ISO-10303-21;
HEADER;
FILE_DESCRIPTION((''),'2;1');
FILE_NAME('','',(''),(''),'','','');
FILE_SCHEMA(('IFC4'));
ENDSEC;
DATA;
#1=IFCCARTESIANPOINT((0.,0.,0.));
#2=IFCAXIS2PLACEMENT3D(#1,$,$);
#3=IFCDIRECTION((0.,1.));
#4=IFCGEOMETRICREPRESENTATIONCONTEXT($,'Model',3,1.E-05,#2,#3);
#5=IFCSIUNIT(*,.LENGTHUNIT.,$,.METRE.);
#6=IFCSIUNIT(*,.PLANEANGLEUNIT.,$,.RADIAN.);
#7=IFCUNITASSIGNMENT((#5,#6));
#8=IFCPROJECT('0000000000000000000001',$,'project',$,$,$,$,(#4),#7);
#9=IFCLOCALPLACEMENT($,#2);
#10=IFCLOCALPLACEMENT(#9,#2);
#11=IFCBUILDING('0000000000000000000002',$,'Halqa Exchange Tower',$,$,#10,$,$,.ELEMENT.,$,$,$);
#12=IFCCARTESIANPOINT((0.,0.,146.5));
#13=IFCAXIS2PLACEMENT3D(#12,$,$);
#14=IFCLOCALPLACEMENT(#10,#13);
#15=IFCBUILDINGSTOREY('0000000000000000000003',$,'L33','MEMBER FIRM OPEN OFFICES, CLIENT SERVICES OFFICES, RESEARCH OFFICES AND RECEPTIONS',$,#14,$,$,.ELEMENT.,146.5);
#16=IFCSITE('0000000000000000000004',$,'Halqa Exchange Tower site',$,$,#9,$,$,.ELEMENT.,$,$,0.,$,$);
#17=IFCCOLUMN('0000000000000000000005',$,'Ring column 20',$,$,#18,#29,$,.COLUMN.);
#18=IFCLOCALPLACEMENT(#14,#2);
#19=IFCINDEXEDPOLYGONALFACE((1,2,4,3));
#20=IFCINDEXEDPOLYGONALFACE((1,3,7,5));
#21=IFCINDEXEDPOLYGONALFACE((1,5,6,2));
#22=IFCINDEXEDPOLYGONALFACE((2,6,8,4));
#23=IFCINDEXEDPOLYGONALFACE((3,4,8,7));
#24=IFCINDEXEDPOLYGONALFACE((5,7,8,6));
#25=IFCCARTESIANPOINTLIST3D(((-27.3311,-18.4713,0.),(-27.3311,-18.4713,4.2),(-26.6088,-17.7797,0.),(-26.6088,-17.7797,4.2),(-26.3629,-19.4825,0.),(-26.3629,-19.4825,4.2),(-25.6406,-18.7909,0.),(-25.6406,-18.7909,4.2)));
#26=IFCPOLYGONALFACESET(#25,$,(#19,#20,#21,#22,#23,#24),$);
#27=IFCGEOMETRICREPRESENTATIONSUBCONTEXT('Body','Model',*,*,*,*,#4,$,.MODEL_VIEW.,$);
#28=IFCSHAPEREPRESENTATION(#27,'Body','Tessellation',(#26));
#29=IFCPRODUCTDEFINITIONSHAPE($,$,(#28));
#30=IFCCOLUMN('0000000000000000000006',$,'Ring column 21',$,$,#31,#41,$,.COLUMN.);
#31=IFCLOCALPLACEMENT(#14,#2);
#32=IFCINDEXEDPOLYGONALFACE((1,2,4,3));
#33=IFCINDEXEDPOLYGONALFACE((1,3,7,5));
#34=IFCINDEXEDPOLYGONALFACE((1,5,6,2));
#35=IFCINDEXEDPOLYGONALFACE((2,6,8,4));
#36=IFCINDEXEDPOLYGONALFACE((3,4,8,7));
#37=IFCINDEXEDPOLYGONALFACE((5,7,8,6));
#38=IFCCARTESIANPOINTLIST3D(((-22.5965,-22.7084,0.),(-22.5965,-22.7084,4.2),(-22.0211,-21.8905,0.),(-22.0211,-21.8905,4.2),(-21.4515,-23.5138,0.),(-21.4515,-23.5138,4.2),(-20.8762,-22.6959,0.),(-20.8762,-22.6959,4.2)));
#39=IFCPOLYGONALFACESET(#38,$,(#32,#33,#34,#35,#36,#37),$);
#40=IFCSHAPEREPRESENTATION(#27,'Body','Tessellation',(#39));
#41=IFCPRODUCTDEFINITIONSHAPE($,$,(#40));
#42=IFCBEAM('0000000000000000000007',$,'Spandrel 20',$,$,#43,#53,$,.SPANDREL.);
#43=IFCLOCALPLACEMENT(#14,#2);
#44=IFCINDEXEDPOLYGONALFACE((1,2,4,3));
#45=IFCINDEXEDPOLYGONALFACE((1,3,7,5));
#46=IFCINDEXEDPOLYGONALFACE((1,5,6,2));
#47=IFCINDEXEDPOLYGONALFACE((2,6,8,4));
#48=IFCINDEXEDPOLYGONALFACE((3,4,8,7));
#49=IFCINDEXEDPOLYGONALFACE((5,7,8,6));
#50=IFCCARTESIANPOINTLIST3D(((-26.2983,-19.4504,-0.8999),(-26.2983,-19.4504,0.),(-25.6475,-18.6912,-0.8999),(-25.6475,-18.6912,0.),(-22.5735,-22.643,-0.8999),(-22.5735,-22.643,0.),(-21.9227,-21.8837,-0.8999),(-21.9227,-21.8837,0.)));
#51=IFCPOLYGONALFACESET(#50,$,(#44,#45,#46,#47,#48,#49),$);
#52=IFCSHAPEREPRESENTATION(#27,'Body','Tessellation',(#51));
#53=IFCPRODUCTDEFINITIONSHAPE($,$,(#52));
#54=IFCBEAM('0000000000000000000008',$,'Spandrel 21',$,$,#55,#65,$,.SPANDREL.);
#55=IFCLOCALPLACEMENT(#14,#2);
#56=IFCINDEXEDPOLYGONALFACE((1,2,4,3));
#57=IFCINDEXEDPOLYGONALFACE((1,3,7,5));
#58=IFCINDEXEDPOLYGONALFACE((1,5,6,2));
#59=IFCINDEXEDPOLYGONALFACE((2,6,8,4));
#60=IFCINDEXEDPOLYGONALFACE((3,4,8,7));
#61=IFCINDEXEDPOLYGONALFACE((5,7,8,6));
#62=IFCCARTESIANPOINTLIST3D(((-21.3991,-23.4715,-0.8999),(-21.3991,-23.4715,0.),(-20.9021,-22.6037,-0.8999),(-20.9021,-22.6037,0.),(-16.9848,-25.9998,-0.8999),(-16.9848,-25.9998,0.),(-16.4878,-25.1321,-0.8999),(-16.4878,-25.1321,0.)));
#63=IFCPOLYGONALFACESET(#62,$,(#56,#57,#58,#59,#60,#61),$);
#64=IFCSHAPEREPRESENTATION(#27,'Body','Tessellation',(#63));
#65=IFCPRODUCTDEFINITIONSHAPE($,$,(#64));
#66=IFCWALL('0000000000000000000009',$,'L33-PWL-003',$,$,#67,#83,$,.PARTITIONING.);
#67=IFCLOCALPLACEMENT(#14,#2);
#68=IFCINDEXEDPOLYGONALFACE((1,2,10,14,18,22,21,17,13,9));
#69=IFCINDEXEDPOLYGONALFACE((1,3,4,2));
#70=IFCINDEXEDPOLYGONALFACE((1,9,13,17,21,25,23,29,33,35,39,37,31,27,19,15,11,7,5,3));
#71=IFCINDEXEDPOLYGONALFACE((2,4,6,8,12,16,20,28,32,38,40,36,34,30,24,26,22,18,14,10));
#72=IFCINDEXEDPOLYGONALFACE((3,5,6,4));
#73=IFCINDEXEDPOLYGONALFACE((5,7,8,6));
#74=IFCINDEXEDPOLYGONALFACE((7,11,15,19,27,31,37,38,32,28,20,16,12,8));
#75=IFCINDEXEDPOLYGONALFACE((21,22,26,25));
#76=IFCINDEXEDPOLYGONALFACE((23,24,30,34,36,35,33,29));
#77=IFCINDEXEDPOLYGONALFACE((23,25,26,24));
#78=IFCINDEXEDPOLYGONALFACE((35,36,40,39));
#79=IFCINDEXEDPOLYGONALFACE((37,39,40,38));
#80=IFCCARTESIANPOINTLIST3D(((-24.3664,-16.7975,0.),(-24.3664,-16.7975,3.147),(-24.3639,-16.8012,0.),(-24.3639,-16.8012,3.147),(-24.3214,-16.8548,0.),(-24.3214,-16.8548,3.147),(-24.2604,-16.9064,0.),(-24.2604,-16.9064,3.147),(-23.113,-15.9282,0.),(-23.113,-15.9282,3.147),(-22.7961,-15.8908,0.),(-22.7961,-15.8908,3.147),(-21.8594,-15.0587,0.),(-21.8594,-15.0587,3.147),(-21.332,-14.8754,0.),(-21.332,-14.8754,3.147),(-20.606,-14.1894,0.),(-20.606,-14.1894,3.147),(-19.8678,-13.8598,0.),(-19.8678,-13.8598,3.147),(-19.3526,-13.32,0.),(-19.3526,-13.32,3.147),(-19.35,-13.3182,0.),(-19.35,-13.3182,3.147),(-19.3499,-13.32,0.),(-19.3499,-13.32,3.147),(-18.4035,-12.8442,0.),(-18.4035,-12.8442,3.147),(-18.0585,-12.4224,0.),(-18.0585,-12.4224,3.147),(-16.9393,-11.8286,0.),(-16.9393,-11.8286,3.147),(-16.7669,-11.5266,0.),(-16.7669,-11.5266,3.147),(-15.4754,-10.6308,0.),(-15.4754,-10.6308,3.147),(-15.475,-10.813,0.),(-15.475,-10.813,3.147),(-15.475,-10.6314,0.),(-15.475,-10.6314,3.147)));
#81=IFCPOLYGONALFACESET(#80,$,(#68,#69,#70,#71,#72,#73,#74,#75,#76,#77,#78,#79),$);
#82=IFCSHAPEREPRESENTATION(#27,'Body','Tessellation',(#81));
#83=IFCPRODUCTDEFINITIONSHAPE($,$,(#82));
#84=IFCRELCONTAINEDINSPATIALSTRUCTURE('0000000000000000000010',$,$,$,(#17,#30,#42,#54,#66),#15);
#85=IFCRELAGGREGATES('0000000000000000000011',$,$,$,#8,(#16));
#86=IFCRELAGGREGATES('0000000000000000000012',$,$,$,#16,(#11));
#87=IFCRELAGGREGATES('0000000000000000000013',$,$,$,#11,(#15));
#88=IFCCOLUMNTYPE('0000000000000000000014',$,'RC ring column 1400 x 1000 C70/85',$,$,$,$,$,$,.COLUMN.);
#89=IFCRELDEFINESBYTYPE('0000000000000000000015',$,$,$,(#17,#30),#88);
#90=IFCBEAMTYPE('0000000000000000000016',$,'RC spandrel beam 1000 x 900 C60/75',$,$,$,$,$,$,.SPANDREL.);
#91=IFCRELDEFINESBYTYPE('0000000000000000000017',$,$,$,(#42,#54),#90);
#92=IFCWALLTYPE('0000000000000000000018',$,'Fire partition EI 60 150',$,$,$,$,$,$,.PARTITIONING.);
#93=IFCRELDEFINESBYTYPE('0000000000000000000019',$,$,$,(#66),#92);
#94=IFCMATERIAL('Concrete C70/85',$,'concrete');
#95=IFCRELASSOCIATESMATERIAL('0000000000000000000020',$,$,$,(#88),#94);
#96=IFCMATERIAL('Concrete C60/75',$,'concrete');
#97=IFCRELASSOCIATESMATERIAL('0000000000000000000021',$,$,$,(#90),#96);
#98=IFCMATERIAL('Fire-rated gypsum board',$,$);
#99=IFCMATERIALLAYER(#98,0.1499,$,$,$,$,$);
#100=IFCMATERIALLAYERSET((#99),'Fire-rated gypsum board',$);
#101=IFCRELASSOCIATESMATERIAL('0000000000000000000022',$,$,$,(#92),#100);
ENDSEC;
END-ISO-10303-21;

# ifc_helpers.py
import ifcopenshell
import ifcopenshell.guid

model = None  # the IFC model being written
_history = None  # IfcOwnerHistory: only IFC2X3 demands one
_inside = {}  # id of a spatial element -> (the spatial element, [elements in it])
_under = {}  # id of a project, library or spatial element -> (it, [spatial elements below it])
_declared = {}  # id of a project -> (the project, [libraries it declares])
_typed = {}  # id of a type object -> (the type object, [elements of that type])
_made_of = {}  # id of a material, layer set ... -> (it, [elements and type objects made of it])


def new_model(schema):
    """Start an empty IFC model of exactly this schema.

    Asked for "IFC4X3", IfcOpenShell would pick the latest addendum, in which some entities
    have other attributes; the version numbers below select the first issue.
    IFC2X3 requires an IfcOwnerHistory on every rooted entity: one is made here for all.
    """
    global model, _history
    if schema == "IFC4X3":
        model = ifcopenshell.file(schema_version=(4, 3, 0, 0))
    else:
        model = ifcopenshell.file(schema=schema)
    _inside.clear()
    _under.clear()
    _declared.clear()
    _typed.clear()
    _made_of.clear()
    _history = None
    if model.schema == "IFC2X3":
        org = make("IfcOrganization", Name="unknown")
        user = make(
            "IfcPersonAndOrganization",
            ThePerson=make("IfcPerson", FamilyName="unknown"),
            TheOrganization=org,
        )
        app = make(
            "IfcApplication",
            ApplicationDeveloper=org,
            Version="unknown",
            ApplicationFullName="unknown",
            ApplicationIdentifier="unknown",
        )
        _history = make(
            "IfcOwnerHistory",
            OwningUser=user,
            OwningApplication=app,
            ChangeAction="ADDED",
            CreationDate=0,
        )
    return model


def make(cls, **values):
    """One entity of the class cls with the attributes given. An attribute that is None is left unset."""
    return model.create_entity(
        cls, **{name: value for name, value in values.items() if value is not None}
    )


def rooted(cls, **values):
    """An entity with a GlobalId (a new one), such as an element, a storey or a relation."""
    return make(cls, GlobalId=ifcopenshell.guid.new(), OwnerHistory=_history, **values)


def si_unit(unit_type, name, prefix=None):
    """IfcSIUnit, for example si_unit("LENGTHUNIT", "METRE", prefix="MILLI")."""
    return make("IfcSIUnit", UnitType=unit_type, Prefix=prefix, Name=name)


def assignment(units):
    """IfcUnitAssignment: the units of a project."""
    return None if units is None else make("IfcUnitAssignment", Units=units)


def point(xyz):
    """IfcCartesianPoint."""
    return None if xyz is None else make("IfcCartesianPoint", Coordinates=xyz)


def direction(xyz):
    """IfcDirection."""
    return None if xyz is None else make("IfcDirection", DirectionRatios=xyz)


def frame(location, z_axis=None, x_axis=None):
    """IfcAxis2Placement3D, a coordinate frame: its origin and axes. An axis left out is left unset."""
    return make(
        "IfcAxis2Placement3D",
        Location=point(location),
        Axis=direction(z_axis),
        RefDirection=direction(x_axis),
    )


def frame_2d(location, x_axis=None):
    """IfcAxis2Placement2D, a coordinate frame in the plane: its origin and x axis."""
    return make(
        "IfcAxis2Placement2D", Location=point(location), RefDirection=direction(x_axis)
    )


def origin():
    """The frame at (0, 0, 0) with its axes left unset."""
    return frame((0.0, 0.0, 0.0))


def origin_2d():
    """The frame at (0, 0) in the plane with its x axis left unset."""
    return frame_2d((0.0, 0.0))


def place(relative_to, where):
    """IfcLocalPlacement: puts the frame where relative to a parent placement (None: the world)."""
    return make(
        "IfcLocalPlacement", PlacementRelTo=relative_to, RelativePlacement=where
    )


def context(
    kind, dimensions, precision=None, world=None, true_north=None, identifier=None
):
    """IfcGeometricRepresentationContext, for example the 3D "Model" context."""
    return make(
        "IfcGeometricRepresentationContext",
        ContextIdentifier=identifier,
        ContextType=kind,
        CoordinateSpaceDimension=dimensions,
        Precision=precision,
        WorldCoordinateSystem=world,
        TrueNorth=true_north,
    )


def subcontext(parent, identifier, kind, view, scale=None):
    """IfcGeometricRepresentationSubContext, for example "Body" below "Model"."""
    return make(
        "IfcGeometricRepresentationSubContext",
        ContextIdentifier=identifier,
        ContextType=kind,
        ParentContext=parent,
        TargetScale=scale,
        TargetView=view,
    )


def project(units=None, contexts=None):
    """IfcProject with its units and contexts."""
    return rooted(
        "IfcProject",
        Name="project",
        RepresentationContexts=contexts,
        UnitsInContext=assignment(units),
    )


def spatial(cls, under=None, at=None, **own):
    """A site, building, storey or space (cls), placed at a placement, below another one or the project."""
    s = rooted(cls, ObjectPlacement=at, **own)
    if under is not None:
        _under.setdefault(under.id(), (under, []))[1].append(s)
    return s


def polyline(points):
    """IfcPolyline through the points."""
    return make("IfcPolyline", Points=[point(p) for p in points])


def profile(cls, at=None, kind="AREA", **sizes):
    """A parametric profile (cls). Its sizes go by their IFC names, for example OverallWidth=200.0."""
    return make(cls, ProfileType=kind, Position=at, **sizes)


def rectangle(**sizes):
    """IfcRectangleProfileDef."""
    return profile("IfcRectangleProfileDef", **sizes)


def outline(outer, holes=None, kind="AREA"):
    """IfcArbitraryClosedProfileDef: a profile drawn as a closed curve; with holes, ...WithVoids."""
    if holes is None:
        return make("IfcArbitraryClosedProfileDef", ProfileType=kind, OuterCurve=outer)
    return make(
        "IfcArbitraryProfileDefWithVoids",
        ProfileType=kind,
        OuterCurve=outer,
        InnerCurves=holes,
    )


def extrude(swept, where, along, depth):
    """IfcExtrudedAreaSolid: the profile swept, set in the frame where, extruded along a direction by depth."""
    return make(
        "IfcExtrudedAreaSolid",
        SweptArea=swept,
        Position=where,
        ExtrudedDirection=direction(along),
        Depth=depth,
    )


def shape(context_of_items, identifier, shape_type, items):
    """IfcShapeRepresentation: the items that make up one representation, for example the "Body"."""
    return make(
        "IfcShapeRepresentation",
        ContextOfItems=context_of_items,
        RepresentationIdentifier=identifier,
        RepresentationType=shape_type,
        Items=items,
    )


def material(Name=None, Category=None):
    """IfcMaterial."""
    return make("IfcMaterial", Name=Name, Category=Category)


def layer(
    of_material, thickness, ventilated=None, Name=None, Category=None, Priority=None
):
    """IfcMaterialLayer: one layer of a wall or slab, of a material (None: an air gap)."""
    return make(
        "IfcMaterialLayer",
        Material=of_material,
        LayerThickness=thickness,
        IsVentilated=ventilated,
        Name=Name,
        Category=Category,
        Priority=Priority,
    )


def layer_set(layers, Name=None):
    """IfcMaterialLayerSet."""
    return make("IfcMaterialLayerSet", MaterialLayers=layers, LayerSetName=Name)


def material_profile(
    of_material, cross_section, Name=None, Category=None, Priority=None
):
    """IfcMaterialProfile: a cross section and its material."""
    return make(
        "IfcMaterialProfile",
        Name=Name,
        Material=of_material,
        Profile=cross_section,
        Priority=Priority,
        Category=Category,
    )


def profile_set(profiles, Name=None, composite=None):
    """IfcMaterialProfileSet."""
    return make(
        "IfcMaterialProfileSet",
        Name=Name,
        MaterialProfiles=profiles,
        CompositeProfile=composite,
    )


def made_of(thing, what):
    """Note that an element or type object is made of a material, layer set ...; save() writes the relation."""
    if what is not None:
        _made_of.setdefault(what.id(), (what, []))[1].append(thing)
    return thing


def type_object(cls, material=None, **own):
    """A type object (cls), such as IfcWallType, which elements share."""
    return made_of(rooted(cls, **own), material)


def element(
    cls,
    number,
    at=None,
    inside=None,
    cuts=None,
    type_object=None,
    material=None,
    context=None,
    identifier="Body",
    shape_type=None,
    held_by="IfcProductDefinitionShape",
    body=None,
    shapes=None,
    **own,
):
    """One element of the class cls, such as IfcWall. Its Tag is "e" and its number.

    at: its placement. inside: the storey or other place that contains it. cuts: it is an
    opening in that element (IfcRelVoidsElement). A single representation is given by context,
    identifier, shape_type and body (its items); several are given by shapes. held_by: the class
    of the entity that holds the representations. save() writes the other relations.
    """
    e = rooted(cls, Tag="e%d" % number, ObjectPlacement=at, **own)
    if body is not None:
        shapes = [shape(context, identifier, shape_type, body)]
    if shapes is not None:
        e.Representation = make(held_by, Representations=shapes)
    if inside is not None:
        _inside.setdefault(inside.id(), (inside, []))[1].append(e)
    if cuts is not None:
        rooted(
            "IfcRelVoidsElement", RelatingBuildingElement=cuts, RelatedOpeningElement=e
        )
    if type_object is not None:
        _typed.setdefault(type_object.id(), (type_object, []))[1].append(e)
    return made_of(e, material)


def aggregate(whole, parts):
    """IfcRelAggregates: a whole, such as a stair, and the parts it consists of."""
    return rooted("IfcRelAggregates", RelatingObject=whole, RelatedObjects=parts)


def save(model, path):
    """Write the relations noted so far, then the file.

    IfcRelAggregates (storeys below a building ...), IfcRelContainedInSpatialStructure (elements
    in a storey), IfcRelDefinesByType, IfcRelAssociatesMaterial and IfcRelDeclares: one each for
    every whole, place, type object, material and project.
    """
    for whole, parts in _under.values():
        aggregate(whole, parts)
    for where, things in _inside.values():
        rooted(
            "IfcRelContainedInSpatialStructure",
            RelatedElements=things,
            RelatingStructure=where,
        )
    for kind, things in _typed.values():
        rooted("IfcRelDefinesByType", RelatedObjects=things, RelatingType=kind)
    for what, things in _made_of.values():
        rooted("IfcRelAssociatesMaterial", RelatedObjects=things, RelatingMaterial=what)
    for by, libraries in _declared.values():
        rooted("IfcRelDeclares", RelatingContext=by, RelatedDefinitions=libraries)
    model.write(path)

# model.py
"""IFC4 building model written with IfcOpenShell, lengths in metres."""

from ifc_helpers import new_model, si_unit, direction, frame, origin, origin_2d, place, context, subcontext, project, spatial, polyline, rectangle, outline, extrude, material, layer, layer_set, material_profile, profile_set, type_object, element, save


model = new_model("IFC4")

# Units and contexts
model_context = context("Model", 3, precision=1e-05, world=origin(), true_north=direction((0.0, 1.0)))
body_context = subcontext(model_context, "Body", "Model", "MODEL_VIEW")
ifc_project = project(units=[si_unit("LENGTHUNIT", "METRE"), si_unit("PLANEANGLEUNIT", "RADIAN")], contexts=[model_context])

# Site, building, storey
site_placement = place(None, origin())
site = spatial("IfcSite", under=ifc_project, at=site_placement, Name="Halqa Exchange Tower site", CompositionType="ELEMENT", RefElevation=0.0)
building_placement = place(site_placement, origin())
building = spatial("IfcBuilding", under=site, at=building_placement, Name="Halqa Exchange Tower", CompositionType="ELEMENT")
storey_placement = place(building_placement, frame((0.0, 0.0, 146.5)))
storey = spatial("IfcBuildingStorey", under=building, at=storey_placement, Name="L33", Description="MEMBER FIRM OPEN OFFICES, CLIENT SERVICES OFFICES, RESEARCH OFFICES AND RECEPTIONS", CompositionType="ELEMENT", Elevation=146.5)

# Columns
ifc_material_1 = material(Name="Concrete C70/85", Category="concrete")
ifc_material_profile_1 = material_profile(ifc_material_1, rectangle(XDim=1.3999, YDim=1.0, at=origin_2d()), Name="1400 x 1000")
ifc_profile_set_1 = profile_set([ifc_material_profile_1], Name="Concrete C70/85")
column_type = type_object("IfcColumnType", Name="RC ring column 1400 x 1000 C70/85", PredefinedType="COLUMN", material=ifc_profile_set_1)
for number, where, z_axis, x_axis, name in (
    (1, (-26.4858, -18.6311, 0.0), (0.0, 0.0, 1.0), (0.691574, -0.722306, 0.0), "Ring column 20"),
    (2, (-21.7363, -22.7021, 0.0), (0.0, 0.0, 1.0), (0.817908, -0.575349, 0.0), "Ring column 21"),
):
    element("IfcColumn", number, at=place(storey_placement, frame(where, z_axis=z_axis, x_axis=x_axis)), inside=storey, type_object=column_type, Name=name, PredefinedType="COLUMN", context=body_context, shape_type="SweptSolid", body=[
        extrude(rectangle(XDim=1.3999, YDim=1.0, at=origin_2d()), origin(), (0.0, 0.0, 1.0), 4.2),
    ])

# Beams
ifc_material_2 = material(Name="Concrete C60/75", Category="concrete")
ifc_material_profile_2 = material_profile(ifc_material_2, rectangle(XDim=1.0, YDim=0.8999, at=origin_2d()), Name="1000 x 900")
ifc_profile_set_2 = profile_set([ifc_material_profile_2], Name="Concrete C60/75")
beam_type = type_object("IfcBeamType", Name="RC spandrel beam 1000 x 900 C60/75", PredefinedType="SPANDREL", material=ifc_profile_set_2)
beam_1_placement = place(storey_placement, frame((-25.9729, -19.0708, -0.45), z_axis=(0.759267, -0.650779, 0.0), x_axis=(0.650779, 0.759267, 0.0)))
element("IfcBeam", 3, at=beam_1_placement, inside=storey, type_object=beam_type, Name="Spandrel 20", PredefinedType="SPANDREL", context=body_context, shape_type="SweptSolid", body=[
    extrude(rectangle(XDim=1.0, YDim=0.8999, at=origin_2d()), origin(), (0.0, 0.0, 1.0), 4.9058),
])
beam_2_placement = place(storey_placement, frame((-21.1506, -23.0376, -0.45), z_axis=(0.867747, -0.497007, 0.0), x_axis=(0.497007, 0.867747, 0.0)))
element("IfcBeam", 4, at=beam_2_placement, inside=storey, type_object=beam_type, Name="Spandrel 21", PredefinedType="SPANDREL", context=body_context, shape_type="SweptSolid", body=[
    extrude(rectangle(XDim=1.0, YDim=0.8999, at=origin_2d()), origin(), (0.0, 0.0, 1.0), 5.0872),
])

# Wall
ifc_material_3 = material(Name="Fire-rated gypsum board")
ifc_layer_1 = layer(ifc_material_3, 0.1499)
ifc_layer_set_1 = layer_set([ifc_layer_1], Name="Fire-rated gypsum board")
wall_type_1 = type_object("IfcWallType", Name="Fire partition EI 60 150", PredefinedType="PARTITIONING", material=ifc_layer_set_1)
wall_1_placement = place(storey_placement, frame((-24.3237, -16.8591, 0.0), z_axis=(0.0, 0.0, 1.0), x_axis=(0.8217, 0.56992, 0.0)))
element("IfcWall", 5, at=wall_1_placement, inside=storey, type_object=wall_type_1, Name="L33-PWL-003", PredefinedType="PARTITIONING", context=body_context, shape_type="SweptSolid", body=[
    extrude(outline(polyline([(0.0251, -0.075), (1.8071, -0.075), (3.5889, -0.075), (5.3708, -0.075), (7.1528, -0.075), (8.9348, -0.075), (10.7168, -0.075), (10.8203, 0.0742), (10.8203, 0.075), (9.2485, 0.075), (7.6768, 0.075), (6.105, 0.075), (6.104, 0.0735), (6.1018, 0.075), (4.5764, 0.075), (3.051, 0.075), (1.5254, 0.075), (0.0, 0.075), (0.0, 0.0706), (0.0044, 0.0022), (0.0251, -0.075)])), origin(), (0.0, 0.0, 1.0), 3.147),
])

save(model, "model.ifc")
